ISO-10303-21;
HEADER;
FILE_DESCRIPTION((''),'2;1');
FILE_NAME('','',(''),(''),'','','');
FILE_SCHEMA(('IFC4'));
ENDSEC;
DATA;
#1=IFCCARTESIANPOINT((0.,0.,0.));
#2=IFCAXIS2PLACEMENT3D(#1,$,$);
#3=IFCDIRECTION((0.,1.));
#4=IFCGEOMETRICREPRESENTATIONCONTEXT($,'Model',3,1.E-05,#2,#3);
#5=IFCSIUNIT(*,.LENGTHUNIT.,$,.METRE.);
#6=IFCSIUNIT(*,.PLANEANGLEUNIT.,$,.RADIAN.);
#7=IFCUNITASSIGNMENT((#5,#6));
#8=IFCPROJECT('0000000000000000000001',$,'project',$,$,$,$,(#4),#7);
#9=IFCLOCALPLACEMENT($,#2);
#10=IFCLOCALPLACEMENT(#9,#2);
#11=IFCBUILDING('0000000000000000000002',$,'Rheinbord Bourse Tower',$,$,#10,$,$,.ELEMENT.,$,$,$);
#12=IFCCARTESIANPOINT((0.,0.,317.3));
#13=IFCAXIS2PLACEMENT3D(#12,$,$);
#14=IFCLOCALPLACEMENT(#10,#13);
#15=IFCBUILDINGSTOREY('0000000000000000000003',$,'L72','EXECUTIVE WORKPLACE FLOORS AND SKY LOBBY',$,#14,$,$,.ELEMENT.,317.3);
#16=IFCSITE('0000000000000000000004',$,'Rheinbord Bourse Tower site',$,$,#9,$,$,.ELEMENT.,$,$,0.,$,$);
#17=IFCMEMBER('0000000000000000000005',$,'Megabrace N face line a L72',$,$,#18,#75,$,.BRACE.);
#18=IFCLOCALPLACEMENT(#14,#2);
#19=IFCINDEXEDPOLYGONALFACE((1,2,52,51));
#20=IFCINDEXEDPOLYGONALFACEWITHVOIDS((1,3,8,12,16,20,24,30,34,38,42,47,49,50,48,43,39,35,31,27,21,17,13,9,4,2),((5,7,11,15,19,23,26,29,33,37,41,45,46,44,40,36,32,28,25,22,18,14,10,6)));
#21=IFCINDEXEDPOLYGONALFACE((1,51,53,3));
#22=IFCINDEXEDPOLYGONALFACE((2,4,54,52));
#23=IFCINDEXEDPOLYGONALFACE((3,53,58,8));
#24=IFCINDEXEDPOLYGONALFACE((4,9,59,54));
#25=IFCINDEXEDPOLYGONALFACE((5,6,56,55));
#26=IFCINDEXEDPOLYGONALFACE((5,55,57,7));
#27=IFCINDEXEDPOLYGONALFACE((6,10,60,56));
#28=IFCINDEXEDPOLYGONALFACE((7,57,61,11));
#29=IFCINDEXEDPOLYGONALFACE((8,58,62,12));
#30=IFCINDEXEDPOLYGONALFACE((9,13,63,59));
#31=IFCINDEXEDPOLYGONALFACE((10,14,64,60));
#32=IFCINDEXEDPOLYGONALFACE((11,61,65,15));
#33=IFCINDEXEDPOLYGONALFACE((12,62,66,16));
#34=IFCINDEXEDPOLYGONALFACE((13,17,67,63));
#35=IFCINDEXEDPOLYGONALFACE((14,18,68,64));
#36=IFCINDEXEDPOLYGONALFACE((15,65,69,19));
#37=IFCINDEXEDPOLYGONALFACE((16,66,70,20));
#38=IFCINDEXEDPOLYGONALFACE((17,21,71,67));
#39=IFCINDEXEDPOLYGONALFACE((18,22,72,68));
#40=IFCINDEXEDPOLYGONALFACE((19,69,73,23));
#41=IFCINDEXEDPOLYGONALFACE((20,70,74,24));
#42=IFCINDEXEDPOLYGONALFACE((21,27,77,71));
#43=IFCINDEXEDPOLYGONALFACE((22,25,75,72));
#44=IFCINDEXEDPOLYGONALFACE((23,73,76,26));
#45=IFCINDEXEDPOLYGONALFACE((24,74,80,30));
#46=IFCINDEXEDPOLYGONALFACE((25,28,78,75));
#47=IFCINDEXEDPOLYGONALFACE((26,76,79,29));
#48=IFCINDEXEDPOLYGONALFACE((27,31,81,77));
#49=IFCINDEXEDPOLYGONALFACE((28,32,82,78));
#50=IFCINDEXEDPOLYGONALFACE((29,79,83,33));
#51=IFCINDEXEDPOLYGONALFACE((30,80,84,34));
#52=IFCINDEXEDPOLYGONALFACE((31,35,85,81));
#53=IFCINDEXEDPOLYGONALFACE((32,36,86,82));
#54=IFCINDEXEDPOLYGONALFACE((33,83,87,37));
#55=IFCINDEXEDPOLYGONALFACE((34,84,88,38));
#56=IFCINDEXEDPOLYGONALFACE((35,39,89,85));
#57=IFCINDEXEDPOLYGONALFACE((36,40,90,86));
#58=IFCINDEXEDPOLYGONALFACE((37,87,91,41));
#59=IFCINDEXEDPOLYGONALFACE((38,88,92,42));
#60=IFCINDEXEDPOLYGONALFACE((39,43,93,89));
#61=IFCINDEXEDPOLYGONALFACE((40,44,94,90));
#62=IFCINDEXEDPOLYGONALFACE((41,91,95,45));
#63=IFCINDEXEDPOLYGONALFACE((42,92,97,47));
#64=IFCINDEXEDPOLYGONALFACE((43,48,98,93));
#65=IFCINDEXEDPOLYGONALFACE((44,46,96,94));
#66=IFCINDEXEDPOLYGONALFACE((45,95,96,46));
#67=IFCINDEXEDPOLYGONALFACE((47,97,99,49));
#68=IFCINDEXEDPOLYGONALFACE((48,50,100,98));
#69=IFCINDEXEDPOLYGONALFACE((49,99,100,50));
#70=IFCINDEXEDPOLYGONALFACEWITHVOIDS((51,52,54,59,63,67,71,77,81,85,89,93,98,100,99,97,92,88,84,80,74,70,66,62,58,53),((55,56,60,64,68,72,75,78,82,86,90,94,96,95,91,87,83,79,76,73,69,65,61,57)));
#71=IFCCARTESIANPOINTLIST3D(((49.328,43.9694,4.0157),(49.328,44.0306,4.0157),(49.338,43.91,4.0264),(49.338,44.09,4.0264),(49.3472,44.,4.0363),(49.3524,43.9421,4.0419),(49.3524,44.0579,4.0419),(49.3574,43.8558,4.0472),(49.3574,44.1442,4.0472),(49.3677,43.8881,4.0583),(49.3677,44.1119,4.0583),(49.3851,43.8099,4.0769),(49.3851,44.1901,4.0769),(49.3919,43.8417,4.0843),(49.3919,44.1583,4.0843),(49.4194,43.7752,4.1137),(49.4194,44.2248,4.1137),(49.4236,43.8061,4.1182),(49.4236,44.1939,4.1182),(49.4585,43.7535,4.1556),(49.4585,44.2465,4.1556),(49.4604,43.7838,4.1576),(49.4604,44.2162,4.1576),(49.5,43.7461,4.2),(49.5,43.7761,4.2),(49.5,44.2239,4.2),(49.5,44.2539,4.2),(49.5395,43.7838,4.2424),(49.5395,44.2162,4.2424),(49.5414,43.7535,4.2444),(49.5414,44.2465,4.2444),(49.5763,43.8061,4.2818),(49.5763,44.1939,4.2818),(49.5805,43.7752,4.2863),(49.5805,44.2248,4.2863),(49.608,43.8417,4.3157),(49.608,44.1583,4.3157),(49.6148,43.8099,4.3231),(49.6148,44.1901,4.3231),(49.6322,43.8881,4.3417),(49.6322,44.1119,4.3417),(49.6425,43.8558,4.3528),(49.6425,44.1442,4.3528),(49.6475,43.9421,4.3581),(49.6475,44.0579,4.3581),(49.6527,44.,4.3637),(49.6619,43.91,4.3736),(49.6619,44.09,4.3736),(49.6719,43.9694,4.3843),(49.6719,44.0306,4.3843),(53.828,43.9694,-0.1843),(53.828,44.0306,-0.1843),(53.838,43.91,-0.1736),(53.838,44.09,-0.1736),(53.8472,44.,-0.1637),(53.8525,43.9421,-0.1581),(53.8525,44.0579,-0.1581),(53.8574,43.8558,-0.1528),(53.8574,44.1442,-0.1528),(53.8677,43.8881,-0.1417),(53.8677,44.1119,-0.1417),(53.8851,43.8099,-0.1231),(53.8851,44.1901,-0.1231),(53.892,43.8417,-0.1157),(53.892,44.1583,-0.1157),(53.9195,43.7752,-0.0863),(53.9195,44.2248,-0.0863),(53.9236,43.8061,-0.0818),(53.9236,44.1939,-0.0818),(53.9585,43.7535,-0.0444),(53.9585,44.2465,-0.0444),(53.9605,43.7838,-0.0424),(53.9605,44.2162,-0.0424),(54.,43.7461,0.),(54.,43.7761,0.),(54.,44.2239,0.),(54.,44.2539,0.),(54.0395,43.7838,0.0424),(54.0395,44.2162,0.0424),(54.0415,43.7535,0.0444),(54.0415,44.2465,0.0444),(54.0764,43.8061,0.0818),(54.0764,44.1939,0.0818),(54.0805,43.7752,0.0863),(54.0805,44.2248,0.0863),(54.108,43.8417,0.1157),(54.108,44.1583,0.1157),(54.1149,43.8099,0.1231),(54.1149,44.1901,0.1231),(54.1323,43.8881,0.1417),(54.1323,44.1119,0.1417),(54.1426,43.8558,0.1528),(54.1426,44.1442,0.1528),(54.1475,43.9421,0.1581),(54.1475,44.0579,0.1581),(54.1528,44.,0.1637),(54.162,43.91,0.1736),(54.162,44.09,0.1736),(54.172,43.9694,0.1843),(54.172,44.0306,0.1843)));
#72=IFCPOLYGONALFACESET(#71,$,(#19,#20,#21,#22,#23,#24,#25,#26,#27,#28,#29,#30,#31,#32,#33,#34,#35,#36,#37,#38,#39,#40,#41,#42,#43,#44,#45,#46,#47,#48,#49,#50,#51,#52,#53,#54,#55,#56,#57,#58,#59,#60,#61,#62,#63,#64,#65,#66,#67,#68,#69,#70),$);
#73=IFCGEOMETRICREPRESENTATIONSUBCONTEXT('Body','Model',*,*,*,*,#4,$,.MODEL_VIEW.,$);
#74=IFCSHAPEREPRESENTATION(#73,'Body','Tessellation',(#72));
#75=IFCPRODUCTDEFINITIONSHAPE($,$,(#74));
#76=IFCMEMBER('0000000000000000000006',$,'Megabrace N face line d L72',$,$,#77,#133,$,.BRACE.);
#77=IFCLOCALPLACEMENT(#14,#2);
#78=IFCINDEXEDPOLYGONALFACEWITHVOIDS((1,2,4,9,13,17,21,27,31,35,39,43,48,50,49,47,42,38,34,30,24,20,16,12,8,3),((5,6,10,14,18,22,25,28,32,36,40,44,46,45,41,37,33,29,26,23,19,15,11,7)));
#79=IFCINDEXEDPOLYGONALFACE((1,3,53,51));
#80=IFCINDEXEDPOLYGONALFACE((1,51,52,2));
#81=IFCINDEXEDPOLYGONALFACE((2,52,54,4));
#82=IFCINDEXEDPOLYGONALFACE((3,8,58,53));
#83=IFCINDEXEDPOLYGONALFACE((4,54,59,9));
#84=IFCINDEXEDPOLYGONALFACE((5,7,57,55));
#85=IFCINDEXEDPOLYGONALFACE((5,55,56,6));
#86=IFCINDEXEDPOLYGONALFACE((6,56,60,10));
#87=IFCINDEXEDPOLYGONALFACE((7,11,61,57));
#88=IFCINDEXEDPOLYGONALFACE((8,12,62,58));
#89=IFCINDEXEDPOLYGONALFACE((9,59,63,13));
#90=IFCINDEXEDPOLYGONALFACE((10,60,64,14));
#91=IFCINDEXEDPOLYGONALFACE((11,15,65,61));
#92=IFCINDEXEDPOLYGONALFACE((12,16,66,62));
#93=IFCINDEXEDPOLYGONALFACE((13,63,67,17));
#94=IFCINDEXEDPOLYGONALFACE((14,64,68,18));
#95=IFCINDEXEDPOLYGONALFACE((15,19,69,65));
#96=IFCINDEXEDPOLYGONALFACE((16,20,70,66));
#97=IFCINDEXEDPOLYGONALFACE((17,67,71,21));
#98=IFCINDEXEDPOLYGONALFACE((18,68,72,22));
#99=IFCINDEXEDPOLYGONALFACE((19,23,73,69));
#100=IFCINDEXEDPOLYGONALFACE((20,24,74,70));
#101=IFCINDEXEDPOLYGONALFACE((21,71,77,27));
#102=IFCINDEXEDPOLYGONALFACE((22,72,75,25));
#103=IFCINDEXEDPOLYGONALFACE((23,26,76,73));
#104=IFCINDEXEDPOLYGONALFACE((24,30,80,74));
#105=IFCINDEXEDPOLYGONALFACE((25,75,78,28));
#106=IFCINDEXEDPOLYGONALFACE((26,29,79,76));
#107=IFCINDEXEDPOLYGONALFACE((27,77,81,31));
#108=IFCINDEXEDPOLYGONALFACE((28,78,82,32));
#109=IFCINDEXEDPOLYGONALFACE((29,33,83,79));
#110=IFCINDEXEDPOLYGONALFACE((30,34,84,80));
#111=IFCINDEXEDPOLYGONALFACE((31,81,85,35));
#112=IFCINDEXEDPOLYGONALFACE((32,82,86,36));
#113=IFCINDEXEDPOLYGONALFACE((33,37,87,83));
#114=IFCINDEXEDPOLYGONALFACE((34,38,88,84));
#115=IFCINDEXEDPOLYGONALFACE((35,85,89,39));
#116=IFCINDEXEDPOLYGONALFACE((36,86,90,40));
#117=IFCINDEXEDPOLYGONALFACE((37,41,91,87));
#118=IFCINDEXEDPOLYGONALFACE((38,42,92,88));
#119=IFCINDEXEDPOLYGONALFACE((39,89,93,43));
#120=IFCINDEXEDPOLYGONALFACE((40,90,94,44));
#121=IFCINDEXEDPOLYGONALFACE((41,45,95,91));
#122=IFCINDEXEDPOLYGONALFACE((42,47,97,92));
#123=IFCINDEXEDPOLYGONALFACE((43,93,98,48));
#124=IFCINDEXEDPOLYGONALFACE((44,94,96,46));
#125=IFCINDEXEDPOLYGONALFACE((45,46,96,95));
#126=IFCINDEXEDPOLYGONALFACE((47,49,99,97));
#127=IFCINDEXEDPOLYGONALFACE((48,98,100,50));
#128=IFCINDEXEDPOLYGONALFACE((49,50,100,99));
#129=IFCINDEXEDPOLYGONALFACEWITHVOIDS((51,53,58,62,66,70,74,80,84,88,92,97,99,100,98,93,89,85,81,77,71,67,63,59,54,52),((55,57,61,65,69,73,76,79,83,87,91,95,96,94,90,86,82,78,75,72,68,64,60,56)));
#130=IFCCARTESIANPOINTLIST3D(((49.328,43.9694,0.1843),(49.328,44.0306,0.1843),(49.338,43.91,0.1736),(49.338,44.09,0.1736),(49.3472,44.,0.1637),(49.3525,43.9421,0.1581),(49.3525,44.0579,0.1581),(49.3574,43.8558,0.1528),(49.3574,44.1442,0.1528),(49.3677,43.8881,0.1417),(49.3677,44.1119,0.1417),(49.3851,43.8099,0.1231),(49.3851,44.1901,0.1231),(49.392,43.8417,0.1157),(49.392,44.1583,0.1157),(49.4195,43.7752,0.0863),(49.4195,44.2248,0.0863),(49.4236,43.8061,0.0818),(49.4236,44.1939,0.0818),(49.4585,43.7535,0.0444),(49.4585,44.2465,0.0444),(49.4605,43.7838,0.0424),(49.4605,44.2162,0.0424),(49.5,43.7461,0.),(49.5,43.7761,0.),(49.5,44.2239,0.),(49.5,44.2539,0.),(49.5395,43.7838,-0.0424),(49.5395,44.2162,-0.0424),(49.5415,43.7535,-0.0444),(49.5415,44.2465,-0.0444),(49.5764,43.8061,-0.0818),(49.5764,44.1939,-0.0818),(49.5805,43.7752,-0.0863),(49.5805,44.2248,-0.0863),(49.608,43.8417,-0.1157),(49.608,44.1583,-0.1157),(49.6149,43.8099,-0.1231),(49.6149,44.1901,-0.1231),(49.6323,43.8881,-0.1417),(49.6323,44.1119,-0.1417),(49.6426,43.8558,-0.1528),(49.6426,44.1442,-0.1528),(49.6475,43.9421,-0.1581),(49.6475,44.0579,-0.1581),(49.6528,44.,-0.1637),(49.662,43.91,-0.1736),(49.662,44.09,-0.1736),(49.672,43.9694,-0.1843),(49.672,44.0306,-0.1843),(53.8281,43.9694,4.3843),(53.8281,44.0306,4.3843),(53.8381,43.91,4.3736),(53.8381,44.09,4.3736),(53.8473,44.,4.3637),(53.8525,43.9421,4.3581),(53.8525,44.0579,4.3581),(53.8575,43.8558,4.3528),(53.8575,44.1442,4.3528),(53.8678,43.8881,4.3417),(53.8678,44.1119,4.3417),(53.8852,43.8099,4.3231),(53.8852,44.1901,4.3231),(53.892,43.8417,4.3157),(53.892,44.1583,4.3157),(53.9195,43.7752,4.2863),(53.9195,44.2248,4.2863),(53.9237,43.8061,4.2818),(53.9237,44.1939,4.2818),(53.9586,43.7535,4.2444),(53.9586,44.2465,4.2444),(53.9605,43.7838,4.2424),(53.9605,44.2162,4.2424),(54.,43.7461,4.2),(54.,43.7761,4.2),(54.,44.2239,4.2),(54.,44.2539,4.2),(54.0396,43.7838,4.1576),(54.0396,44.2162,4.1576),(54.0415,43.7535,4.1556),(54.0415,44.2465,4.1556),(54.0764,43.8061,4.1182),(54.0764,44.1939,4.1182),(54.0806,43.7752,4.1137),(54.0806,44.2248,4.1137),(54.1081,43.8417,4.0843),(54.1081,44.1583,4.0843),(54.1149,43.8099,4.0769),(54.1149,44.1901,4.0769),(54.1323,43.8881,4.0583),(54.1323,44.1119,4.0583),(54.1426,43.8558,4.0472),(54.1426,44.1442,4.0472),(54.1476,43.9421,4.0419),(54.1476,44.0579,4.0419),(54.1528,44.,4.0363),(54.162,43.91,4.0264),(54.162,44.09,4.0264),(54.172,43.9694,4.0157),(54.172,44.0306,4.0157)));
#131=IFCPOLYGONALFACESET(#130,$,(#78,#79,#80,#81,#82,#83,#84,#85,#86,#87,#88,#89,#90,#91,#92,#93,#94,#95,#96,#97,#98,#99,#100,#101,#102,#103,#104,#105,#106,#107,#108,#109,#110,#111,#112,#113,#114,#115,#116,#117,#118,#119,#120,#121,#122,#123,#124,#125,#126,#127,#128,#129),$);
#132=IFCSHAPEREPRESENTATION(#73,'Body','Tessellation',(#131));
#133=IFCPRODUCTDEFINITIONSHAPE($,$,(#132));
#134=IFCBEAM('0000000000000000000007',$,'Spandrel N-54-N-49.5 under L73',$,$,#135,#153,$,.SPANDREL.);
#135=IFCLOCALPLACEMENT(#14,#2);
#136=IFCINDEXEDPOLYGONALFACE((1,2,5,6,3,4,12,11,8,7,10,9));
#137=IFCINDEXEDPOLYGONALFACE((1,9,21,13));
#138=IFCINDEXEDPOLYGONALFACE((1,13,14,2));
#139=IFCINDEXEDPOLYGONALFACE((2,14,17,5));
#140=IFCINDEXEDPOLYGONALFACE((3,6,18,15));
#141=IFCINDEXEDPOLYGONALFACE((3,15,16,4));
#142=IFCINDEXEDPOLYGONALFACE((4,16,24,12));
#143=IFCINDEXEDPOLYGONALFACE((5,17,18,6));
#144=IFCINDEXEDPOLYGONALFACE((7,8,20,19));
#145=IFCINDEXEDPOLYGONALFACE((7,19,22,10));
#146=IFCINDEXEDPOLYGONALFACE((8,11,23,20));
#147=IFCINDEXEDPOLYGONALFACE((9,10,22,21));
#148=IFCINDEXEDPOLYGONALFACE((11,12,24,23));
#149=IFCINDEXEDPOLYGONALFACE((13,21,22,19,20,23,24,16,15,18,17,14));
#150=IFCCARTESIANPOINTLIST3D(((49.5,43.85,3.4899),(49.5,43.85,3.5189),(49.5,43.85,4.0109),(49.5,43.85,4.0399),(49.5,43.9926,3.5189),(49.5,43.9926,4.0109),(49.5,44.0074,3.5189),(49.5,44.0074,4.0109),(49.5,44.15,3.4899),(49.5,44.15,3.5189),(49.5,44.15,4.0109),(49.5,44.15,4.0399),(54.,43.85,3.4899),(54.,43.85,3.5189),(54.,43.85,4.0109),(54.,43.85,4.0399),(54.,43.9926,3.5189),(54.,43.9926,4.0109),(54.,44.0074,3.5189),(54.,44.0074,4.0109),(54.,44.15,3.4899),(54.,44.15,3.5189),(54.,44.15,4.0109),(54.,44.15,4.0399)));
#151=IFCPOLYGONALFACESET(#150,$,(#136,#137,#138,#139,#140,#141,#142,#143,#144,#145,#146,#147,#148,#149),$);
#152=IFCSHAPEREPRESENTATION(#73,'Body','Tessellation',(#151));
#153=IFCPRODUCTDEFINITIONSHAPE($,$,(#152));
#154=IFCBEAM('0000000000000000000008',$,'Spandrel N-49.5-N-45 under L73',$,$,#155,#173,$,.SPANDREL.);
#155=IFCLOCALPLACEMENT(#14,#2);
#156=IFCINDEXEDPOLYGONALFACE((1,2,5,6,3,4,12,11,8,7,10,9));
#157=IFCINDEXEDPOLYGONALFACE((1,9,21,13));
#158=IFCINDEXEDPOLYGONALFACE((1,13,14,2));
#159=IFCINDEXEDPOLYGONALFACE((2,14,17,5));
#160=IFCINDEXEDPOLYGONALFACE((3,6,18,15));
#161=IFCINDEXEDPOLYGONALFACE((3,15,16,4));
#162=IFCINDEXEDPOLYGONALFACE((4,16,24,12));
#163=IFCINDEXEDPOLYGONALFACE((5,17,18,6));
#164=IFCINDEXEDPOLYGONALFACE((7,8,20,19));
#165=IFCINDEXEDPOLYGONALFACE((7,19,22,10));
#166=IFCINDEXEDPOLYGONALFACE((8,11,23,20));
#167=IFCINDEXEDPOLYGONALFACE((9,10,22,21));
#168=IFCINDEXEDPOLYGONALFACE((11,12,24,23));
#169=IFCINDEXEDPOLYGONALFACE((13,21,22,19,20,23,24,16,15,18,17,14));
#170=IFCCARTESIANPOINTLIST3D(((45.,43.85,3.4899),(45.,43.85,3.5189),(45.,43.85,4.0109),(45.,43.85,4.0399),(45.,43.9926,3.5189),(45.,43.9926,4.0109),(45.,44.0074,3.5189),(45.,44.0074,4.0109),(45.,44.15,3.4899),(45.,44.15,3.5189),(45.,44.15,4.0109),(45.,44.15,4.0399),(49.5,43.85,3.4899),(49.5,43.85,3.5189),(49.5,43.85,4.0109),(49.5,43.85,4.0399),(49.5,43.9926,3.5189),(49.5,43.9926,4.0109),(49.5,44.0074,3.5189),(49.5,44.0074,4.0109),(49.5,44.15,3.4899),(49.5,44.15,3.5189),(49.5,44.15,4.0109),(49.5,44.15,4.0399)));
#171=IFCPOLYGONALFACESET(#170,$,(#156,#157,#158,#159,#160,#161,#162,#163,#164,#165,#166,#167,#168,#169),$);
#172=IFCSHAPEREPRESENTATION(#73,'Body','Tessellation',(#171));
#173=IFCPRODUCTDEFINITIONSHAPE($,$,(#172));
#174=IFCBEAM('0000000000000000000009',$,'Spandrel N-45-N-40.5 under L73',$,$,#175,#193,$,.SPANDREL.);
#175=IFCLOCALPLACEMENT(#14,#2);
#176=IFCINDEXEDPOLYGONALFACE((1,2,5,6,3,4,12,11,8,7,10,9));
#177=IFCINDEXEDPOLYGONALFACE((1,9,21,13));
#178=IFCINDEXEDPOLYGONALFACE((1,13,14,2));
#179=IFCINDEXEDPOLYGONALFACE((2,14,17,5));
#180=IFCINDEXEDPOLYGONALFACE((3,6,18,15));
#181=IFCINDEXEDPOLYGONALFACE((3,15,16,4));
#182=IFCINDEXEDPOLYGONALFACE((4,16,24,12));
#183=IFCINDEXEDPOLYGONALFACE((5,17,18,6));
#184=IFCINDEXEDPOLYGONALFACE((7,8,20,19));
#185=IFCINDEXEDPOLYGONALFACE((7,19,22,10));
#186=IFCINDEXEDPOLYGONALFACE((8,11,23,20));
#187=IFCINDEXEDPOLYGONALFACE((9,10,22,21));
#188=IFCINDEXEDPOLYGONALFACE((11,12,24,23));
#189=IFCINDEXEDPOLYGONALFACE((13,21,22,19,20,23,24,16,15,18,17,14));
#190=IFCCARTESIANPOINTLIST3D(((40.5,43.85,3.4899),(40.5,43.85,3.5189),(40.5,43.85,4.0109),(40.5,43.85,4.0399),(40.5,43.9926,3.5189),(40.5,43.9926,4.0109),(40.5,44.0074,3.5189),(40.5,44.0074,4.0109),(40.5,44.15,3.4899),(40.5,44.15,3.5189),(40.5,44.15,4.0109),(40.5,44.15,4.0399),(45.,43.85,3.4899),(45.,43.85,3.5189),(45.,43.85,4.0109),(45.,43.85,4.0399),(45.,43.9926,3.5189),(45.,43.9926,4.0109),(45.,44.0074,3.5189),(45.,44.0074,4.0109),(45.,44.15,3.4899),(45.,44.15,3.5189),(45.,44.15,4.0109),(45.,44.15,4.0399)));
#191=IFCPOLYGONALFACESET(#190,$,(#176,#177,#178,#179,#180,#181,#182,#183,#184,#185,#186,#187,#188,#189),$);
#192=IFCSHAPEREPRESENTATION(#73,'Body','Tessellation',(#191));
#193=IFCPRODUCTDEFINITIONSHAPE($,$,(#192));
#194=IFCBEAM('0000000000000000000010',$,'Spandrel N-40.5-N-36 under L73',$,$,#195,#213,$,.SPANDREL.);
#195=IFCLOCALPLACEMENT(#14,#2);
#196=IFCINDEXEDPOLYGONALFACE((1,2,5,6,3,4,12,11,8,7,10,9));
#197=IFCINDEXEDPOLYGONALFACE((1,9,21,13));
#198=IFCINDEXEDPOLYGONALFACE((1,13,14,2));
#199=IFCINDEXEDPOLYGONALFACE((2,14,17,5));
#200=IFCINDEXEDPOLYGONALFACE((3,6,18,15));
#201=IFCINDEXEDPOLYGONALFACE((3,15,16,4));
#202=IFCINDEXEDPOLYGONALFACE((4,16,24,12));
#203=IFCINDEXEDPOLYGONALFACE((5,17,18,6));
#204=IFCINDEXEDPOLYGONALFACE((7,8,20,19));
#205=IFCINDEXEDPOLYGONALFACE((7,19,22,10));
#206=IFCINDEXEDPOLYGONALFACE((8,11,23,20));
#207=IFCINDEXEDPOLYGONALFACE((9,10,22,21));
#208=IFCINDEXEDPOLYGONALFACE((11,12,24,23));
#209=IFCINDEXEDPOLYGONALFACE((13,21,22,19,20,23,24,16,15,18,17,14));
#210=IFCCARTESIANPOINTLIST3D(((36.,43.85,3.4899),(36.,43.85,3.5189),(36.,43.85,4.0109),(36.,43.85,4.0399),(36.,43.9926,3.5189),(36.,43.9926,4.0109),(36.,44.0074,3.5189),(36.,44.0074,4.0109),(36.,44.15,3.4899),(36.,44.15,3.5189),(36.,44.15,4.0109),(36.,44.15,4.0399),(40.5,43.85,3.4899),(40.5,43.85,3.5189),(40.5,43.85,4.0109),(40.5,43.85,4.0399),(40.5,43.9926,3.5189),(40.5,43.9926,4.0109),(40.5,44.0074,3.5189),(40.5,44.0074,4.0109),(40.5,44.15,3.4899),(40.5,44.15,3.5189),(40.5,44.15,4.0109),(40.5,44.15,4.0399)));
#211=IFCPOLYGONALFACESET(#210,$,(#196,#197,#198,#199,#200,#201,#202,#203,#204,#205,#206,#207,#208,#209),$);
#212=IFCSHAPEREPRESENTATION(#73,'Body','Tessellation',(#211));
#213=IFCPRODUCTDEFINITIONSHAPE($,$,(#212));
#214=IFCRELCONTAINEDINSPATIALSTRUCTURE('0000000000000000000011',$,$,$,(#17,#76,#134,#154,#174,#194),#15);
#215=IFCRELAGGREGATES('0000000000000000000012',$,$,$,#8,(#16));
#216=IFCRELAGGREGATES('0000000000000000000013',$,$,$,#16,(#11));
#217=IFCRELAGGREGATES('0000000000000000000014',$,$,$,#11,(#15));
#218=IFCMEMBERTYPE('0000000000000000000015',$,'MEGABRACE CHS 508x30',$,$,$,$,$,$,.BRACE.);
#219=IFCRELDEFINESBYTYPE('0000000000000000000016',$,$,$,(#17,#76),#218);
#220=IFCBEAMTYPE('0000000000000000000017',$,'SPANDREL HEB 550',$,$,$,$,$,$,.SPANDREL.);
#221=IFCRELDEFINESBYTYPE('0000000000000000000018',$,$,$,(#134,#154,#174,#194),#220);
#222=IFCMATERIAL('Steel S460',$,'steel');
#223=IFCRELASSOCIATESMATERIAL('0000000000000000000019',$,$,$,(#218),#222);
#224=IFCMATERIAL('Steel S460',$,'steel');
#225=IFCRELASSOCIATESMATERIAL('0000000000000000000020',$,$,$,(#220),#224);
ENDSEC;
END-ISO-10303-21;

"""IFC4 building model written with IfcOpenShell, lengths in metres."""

from ifc_helpers import new_model, si_unit, direction, frame, origin, origin_2d, place, context, subcontext, project, spatial, hollow_circle, i_section, extrude, material, material_profile, profile_set, type_object, element, save


model = new_model("IFC4")

# Units and contexts
model_context = context("Model", 3, precision=1e-05, world=origin(), true_north=direction((0.0, 1.0)))
body_context = subcontext(model_context, "Body", "Model", "MODEL_VIEW")
ifc_project = project(units=[si_unit("LENGTHUNIT", "METRE"), si_unit("PLANEANGLEUNIT", "RADIAN")], contexts=[model_context])

# Site, building, storey
site_placement = place(None, origin())
site = spatial("IfcSite", under=ifc_project, at=site_placement, Name="Rheinbord Bourse Tower site", CompositionType="ELEMENT", RefElevation=0.0)
building_placement = place(site_placement, origin())
building = spatial("IfcBuilding", under=site, at=building_placement, Name="Rheinbord Bourse Tower", CompositionType="ELEMENT")
storey_placement = place(building_placement, frame((0.0, 0.0, 317.3)))
storey = spatial("IfcBuildingStorey", under=building, at=storey_placement, Name="L72", Description="EXECUTIVE WORKPLACE FLOORS AND SKY LOBBY", CompositionType="ELEMENT", Elevation=317.3)

# Members
ifc_material_1 = material(Name="Steel S460", Category="steel")
ifc_material_profile_1 = material_profile(ifc_material_1, hollow_circle(Radius=0.2539, WallThickness=0.03, at=origin_2d()), Name="CHS 508x30")
ifc_profile_set_1 = profile_set([ifc_material_profile_1], Name="Steel S460")
member_type_1 = type_object("IfcMemberType", Name="MEGABRACE CHS 508x30", PredefinedType="BRACE", material=ifc_profile_set_1)
for number, where, z_axis, x_axis, name in (
    (1, (54.0, 44.0, 0.0), (-0.731059, 0.0, 0.682314), (0.0, -1.0, 0.0), "Megabrace N face line a L72"),
    (2, (49.5, 44.0, 0.0), (0.731059, 0.0, 0.682314), (0.0, 1.0, 0.0), "Megabrace N face line d L72"),
):
    element("IfcMember", number, at=place(storey_placement, frame(where, z_axis=z_axis, x_axis=x_axis)), inside=storey, type_object=member_type_1, Name=name, PredefinedType="BRACE", context=body_context, shape_type="SweptSolid", body=[
        extrude(hollow_circle(Radius=0.2539, WallThickness=0.03, at=origin_2d()), origin(), (0.0, 0.0, 1.0), 6.1555),
    ])

# Beams
ifc_material_2 = material(Name="Steel S460", Category="steel")
ifc_material_profile_2 = material_profile(ifc_material_2, i_section(OverallWidth=0.3, OverallDepth=0.55, WebThickness=0.0149, FlangeThickness=0.0291, at=origin_2d()), Name="HEB 550")
ifc_profile_set_2 = profile_set([ifc_material_profile_2], Name="Steel S460")
beam_type_1 = type_object("IfcBeamType", Name="SPANDREL HEB 550", PredefinedType="SPANDREL", material=ifc_profile_set_2)
for number, where, z_axis, x_axis, name in (
    (3, (54.0, 44.0, 3.7649), (-1.0, 0.0, 0.0), (0.0, -1.0, 0.0), "Spandrel N-54-N-49.5 under L73"),
    (4, (49.5, 44.0, 3.7649), (-1.0, 0.0, 0.0), (0.0, -1.0, 0.0), "Spandrel N-49.5-N-45 under L73"),
    (5, (45.0, 44.0, 3.7649), (-1.0, 0.0, 0.0), (0.0, -1.0, 0.0), "Spandrel N-45-N-40.5 under L73"),
    (6, (40.5, 44.0, 3.7649), (-1.0, 0.0, 0.0), (0.0, -1.0, 0.0), "Spandrel N-40.5-N-36 under L73"),
):
    element("IfcBeam", number, at=place(storey_placement, frame(where, z_axis=z_axis, x_axis=x_axis)), inside=storey, type_object=beam_type_1, Name=name, PredefinedType="SPANDREL", context=body_context, shape_type="SweptSolid", body=[
        extrude(i_section(OverallWidth=0.3, OverallDepth=0.55, WebThickness=0.0149, FlangeThickness=0.0291, at=origin_2d()), origin(), (0.0, 0.0, 1.0), 4.5),
    ])

save(model, "model.ifc")
